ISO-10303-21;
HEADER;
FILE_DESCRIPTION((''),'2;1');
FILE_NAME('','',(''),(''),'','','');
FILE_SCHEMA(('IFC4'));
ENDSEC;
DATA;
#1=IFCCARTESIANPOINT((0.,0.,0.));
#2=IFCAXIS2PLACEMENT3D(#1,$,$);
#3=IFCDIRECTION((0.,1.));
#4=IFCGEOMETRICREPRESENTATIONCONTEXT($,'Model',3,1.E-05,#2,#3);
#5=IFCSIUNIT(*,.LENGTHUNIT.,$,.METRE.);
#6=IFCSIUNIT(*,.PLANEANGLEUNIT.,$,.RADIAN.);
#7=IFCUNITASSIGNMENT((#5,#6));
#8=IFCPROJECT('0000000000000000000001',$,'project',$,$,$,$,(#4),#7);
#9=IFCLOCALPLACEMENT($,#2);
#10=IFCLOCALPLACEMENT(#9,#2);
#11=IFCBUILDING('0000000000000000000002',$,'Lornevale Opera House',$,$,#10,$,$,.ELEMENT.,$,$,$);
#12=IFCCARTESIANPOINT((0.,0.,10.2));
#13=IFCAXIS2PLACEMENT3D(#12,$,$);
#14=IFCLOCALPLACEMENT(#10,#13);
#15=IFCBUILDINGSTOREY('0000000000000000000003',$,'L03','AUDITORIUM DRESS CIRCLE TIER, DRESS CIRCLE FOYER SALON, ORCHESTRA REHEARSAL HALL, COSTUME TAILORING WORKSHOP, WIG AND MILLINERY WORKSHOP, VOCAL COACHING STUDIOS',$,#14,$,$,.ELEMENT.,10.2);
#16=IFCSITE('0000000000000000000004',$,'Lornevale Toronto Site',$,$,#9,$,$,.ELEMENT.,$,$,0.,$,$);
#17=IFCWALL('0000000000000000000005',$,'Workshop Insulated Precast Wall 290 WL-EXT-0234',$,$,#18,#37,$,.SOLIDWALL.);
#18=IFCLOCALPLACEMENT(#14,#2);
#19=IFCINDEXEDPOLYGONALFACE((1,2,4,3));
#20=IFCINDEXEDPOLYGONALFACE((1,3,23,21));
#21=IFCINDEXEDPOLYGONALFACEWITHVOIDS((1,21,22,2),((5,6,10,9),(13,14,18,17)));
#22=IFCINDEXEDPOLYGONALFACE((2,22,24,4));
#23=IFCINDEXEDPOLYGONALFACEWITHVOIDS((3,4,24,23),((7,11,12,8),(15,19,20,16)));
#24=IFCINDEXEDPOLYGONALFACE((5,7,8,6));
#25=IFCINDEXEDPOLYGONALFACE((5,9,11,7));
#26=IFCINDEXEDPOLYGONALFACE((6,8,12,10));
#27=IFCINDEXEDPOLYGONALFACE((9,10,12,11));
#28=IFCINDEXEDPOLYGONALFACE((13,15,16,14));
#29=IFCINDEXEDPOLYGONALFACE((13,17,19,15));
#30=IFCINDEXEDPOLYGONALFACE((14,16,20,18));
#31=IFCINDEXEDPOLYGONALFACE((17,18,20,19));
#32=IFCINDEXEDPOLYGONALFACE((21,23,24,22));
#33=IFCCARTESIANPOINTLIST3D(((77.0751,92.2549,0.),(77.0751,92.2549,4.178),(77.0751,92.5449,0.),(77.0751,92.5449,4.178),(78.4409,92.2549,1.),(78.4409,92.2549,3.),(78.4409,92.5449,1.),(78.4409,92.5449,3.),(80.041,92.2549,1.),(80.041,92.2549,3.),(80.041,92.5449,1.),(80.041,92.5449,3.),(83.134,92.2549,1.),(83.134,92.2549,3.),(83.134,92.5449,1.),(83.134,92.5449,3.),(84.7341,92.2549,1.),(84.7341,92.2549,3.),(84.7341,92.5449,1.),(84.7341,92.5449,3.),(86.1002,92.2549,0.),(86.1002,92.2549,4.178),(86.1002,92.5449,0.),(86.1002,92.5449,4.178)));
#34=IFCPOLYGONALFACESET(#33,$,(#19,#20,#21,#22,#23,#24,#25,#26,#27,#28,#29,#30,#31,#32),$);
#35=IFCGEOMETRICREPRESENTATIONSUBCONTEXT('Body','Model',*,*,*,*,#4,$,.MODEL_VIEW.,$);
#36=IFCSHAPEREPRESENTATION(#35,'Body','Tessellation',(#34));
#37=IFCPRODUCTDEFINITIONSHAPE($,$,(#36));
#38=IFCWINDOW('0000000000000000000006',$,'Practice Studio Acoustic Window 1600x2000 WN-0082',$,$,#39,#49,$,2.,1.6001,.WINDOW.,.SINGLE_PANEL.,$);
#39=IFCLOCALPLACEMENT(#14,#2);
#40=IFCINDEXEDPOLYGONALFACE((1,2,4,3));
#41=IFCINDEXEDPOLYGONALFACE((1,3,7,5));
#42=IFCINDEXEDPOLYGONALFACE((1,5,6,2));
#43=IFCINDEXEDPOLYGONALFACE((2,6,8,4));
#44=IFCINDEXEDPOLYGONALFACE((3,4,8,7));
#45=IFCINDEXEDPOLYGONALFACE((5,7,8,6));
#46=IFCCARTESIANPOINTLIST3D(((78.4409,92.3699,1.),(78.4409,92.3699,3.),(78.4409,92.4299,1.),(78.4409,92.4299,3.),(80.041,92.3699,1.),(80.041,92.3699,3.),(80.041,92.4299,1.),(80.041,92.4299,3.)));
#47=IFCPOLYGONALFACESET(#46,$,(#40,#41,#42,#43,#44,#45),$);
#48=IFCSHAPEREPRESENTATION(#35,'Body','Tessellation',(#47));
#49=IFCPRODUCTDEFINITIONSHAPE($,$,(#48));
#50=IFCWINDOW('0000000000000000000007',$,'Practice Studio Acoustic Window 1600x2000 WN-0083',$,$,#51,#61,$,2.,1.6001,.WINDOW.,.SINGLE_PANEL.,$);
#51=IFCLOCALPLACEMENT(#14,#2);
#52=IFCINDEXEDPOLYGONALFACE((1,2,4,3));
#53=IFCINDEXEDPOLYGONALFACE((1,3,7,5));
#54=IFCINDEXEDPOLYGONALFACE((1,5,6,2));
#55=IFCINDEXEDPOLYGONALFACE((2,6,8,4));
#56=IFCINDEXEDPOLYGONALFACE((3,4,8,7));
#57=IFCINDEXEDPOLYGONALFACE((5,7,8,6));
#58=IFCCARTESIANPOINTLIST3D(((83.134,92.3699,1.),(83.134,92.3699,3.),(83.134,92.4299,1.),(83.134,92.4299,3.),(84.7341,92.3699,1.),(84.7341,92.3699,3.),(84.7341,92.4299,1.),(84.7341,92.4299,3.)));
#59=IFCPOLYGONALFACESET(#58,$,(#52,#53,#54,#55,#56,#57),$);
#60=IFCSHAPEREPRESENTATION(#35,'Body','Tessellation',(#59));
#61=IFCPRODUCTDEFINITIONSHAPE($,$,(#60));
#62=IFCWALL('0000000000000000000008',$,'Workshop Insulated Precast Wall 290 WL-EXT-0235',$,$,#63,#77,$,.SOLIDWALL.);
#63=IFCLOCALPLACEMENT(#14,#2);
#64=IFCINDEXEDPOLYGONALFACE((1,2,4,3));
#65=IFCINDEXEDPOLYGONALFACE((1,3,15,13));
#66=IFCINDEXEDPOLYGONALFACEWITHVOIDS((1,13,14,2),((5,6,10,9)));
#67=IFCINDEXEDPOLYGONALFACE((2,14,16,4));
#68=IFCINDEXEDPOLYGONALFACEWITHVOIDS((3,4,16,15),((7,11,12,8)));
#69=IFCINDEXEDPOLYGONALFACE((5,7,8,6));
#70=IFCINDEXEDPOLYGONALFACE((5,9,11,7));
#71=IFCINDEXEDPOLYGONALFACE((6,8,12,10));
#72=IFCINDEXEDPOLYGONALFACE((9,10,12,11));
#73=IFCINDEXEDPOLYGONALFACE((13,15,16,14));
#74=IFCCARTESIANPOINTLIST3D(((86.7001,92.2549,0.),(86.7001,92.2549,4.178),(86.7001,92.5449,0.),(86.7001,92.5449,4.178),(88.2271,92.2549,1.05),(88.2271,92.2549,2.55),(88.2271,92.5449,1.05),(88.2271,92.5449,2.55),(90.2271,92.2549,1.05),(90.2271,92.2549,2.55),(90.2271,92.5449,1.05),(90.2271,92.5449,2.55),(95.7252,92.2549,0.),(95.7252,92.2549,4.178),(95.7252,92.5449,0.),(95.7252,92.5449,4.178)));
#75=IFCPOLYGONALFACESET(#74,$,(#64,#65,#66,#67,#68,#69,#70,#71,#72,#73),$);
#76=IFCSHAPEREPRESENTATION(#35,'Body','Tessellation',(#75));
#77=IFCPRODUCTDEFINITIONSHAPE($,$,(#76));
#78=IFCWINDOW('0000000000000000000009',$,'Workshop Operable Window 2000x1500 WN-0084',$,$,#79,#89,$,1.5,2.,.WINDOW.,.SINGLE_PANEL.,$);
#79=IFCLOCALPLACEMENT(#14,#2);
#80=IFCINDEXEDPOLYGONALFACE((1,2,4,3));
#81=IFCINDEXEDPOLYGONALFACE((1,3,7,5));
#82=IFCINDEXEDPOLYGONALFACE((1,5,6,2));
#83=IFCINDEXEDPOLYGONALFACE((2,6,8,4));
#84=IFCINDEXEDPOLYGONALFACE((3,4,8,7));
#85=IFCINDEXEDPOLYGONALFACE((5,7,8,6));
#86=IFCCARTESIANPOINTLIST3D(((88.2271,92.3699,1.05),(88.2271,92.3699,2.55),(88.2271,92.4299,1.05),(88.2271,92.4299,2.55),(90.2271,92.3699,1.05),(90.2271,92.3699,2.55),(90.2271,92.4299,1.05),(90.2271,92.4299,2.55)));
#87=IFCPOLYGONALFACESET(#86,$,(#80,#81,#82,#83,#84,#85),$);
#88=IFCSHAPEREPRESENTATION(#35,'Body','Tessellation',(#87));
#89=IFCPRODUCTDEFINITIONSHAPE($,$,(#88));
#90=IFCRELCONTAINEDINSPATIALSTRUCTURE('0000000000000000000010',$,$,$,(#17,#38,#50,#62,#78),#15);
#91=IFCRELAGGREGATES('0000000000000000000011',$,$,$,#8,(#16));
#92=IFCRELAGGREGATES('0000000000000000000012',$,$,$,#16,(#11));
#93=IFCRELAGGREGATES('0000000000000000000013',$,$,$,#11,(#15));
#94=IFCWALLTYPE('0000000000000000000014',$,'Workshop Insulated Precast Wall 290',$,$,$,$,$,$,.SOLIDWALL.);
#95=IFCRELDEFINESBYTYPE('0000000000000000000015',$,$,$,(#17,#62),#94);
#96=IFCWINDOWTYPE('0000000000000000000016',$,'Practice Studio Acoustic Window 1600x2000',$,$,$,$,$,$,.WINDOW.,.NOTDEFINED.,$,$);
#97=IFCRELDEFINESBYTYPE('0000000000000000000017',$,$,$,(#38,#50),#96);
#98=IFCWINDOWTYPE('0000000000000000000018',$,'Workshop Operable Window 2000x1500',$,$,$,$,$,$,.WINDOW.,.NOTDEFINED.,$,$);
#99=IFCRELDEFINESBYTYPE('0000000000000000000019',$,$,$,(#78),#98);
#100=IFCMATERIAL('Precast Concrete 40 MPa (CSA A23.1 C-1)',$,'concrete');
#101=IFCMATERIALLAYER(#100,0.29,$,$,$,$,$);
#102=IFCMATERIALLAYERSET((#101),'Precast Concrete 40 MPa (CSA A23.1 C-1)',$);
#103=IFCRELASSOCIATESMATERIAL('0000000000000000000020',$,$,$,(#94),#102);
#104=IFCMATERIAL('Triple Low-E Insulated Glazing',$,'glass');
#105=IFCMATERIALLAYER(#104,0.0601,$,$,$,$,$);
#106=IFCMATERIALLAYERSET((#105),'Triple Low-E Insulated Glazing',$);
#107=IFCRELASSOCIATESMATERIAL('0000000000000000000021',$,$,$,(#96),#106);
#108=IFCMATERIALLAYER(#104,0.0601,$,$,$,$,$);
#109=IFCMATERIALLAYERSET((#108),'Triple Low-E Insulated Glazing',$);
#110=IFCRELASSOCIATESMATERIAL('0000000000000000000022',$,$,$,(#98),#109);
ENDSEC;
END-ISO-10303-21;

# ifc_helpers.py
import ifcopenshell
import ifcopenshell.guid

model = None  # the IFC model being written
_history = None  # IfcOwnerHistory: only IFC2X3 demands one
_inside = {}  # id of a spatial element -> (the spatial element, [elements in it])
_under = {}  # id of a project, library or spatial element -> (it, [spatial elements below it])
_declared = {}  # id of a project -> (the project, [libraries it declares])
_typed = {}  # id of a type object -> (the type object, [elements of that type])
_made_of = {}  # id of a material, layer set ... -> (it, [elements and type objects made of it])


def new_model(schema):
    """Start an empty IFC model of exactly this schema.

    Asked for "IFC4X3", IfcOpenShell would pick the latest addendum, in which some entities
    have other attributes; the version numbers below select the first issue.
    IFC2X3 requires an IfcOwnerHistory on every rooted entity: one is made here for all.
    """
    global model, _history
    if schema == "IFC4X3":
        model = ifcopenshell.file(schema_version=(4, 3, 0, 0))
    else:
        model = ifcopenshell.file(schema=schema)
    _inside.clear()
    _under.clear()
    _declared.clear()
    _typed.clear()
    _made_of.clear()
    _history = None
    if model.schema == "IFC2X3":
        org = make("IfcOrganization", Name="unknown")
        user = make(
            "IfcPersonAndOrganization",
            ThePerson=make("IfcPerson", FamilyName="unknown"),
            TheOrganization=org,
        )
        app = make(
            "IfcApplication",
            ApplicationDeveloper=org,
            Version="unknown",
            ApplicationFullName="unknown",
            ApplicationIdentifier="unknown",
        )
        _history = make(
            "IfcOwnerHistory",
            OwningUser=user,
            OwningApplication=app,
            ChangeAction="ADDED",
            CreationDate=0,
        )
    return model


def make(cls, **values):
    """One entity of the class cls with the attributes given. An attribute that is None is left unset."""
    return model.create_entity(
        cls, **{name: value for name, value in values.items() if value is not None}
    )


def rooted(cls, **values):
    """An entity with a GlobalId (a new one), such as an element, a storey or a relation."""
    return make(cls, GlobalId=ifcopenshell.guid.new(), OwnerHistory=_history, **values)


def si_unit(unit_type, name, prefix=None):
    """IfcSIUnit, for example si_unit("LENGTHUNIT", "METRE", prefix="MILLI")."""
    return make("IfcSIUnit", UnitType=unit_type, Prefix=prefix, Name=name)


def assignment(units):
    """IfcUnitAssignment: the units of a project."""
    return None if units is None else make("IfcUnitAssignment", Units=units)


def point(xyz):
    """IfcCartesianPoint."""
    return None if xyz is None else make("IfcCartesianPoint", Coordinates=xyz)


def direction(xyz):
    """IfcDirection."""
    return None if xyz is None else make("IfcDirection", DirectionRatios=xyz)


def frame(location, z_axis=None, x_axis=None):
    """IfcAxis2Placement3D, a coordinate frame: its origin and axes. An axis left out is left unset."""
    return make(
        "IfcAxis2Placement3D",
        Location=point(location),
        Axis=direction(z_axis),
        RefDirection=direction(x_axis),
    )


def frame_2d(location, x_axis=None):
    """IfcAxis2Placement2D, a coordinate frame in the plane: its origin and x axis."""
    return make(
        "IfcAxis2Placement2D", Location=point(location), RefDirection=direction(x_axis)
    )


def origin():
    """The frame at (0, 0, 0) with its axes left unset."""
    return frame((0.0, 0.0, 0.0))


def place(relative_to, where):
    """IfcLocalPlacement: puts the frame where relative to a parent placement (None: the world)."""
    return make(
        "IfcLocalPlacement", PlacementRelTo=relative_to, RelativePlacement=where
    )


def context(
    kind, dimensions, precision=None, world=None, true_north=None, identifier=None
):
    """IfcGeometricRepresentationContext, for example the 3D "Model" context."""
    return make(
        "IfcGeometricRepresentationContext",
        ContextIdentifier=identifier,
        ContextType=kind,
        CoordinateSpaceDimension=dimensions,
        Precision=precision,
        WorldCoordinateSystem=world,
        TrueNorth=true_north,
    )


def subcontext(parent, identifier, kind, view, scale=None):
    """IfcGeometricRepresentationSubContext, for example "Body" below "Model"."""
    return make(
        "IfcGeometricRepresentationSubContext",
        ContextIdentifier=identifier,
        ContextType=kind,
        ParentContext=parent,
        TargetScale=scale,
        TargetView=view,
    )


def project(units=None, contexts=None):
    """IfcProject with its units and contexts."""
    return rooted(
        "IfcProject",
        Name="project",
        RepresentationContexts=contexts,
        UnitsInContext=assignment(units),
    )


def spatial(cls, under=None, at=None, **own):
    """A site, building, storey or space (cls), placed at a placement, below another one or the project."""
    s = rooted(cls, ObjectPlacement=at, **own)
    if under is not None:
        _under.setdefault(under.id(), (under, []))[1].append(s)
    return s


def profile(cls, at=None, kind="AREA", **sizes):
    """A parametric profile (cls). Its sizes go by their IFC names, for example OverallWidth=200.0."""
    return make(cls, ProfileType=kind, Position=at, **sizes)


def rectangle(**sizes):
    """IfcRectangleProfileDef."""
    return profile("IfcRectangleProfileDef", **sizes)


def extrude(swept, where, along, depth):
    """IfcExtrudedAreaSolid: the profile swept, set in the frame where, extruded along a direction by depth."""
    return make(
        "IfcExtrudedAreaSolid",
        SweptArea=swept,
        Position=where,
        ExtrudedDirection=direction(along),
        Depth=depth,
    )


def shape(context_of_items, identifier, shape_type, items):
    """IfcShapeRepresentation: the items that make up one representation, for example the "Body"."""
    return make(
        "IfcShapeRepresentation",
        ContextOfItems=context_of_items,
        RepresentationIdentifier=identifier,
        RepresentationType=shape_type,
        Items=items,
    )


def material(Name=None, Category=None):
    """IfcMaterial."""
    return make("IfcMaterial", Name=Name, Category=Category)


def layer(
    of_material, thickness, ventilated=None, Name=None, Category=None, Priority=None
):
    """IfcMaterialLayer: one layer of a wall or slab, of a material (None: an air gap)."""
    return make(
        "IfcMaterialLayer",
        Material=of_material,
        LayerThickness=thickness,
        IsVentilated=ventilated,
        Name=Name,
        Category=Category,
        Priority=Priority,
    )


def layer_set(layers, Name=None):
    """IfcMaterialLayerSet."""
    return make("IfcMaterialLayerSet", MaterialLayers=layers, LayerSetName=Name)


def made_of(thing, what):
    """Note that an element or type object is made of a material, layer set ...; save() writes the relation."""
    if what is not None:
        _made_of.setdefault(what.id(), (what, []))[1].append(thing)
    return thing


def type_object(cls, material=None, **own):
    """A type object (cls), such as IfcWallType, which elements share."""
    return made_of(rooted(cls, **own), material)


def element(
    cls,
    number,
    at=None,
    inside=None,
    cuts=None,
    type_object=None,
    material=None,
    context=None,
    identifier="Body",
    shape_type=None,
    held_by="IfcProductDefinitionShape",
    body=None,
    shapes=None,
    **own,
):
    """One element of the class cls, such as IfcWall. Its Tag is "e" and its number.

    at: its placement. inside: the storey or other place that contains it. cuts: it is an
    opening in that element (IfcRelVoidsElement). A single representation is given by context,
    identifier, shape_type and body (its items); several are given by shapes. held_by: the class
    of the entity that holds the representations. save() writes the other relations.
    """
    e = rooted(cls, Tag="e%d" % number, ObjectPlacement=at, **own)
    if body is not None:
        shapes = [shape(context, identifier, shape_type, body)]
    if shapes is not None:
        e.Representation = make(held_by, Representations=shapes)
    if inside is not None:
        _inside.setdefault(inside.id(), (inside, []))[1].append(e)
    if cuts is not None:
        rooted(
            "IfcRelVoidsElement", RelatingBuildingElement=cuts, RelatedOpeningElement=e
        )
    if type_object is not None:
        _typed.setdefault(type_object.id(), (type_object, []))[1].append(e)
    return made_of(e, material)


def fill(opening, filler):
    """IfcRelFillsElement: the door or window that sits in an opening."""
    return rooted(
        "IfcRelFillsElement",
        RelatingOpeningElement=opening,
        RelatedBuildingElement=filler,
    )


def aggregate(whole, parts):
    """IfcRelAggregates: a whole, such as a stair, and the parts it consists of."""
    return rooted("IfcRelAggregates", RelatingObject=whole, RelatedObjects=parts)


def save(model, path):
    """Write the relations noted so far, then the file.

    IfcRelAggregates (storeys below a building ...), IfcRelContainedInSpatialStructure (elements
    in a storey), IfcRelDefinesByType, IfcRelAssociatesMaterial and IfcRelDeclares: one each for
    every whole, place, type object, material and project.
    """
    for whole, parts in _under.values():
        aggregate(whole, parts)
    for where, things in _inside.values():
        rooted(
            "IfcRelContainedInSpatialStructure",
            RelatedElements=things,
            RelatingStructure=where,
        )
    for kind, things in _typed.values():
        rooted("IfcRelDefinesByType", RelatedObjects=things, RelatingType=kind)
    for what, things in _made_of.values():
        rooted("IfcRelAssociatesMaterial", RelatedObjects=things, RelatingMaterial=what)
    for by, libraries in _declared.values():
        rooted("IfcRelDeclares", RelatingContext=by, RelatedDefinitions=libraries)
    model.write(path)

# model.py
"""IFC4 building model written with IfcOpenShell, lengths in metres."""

from ifc_helpers import new_model, si_unit, direction, frame, frame_2d, origin, place, context, subcontext, project, spatial, rectangle, extrude, material, layer, layer_set, type_object, element, fill, save


model = new_model("IFC4")

# Units and contexts
model_context = context("Model", 3, precision=1e-05, world=origin(), true_north=direction((0.0, 1.0)))
body_context = subcontext(model_context, "Body", "Model", "MODEL_VIEW")
ifc_project = project(units=[si_unit("LENGTHUNIT", "METRE"), si_unit("PLANEANGLEUNIT", "RADIAN")], contexts=[model_context])

# Site, building, storey
site_placement = place(None, origin())
site = spatial("IfcSite", under=ifc_project, at=site_placement, Name="Lornevale Toronto Site", CompositionType="ELEMENT", RefElevation=0.0)
building_placement = place(site_placement, origin())
building = spatial("IfcBuilding", under=site, at=building_placement, Name="Lornevale Opera House", CompositionType="ELEMENT")
storey_placement = place(building_placement, frame((0.0, 0.0, 10.2)))
storey = spatial("IfcBuildingStorey", under=building, at=storey_placement, Name="L03", Description="AUDITORIUM DRESS CIRCLE TIER, DRESS CIRCLE FOYER SALON, ORCHESTRA REHEARSAL HALL, COSTUME TAILORING WORKSHOP, WIG AND MILLINERY WORKSHOP, VOCAL COACHING STUDIOS", CompositionType="ELEMENT", Elevation=10.2)

# Shared definitions
ifc_material_1 = material(Name="Precast Concrete 40 MPa (CSA A23.1 C-1)", Category="concrete")

# Wall, openings, windows
ifc_layer_1 = layer(ifc_material_1, 0.29)
ifc_layer_set_1 = layer_set([ifc_layer_1], Name="Precast Concrete 40 MPa (CSA A23.1 C-1)")
wall_type_1 = type_object("IfcWallType", Name="Workshop Insulated Precast Wall 290", PredefinedType="SOLIDWALL", material=ifc_layer_set_1)
ifc_material_2 = material(Name="Triple Low-E Insulated Glazing", Category="glass")
wall_1_placement = place(storey_placement, frame((77.075, 92.3999, 0.0), z_axis=(0.0, 0.0, 1.0), x_axis=(1.0, 0.0, 0.0)))
wall_1 = element("IfcWall", 1, at=wall_1_placement, inside=storey, type_object=wall_type_1, Name="Workshop Insulated Precast Wall 290 WL-EXT-0234", PredefinedType="SOLIDWALL", context=body_context, shape_type="SweptSolid", body=[
    extrude(rectangle(XDim=9.0251, YDim=0.29, at=frame_2d((4.5127, 0.0))), origin(), (0.0, 0.0, 1.0), 4.178),
])
opening_1_placement = place(wall_1_placement, frame((1.366, 0.0, 1.0)))
opening_1 = element("IfcOpeningElement", 2, at=opening_1_placement, cuts=wall_1, PredefinedType="OPENING", context=body_context, shape_type="SweptSolid", body=[
    extrude(rectangle(XDim=1.6001, YDim=2.0, at=frame_2d((0.8, 1.0))), frame((0.0, 0.155, 0.0), z_axis=(0.0, -1.0, 0.0), x_axis=(1.0, 0.0, 0.0)), (0.0, 0.0, 1.0), 0.3101),
])
opening_2_placement = place(wall_1_placement, frame((6.0591, 0.0, 1.0)))
opening_2 = element("IfcOpeningElement", 3, at=opening_2_placement, cuts=wall_1, PredefinedType="OPENING", context=body_context, shape_type="SweptSolid", body=[
    extrude(rectangle(XDim=1.6001, YDim=2.0, at=frame_2d((0.8, 1.0))), frame((0.0, 0.155, 0.0), z_axis=(0.0, -1.0, 0.0), x_axis=(1.0, 0.0, 0.0)), (0.0, 0.0, 1.0), 0.3101),
])
ifc_layer_2 = layer(ifc_material_2, 0.0601)
ifc_layer_set_2 = layer_set([ifc_layer_2], Name="Triple Low-E Insulated Glazing")
window_type_1 = type_object("IfcWindowType", Name="Practice Studio Acoustic Window 1600x2000", PartitioningType="NOTDEFINED", PredefinedType="WINDOW", material=ifc_layer_set_2)
window_1_placement = place(opening_1_placement, origin())
window_1 = element("IfcWindow", 4, at=window_1_placement, inside=storey, type_object=window_type_1, Name="Practice Studio Acoustic Window 1600x2000 WN-0082", OverallHeight=2.0, OverallWidth=1.6001, PartitioningType="SINGLE_PANEL", PredefinedType="WINDOW", context=body_context, shape_type="SweptSolid", body=[
    extrude(rectangle(XDim=1.6001, YDim=2.0, at=frame_2d((0.8, 1.0))), frame((0.0, 0.03, 0.0), z_axis=(0.0, -1.0, 0.0), x_axis=(1.0, 0.0, 0.0)), (0.0, 0.0, 1.0), 0.0601),
])
fill(opening_1, window_1)
window_2_placement = place(opening_2_placement, origin())
window_2 = element("IfcWindow", 5, at=window_2_placement, inside=storey, type_object=window_type_1, Name="Practice Studio Acoustic Window 1600x2000 WN-0083", OverallHeight=2.0, OverallWidth=1.6001, PartitioningType="SINGLE_PANEL", PredefinedType="WINDOW", context=body_context, shape_type="SweptSolid", body=[
    extrude(rectangle(XDim=1.6001, YDim=2.0, at=frame_2d((0.8, 1.0))), frame((0.0, 0.03, 0.0), z_axis=(0.0, -1.0, 0.0), x_axis=(1.0, 0.0, 0.0)), (0.0, 0.0, 1.0), 0.0601),
])
fill(opening_2, window_2)

# Wall, opening, window
wall_2_placement = place(storey_placement, frame((86.7, 92.3999, 0.0), z_axis=(0.0, 0.0, 1.0), x_axis=(1.0, 0.0, 0.0)))
wall_2 = element("IfcWall", 6, at=wall_2_placement, inside=storey, type_object=wall_type_1, Name="Workshop Insulated Precast Wall 290 WL-EXT-0235", PredefinedType="SOLIDWALL", context=body_context, shape_type="SweptSolid", body=[
    extrude(rectangle(XDim=9.0251, YDim=0.29, at=frame_2d((4.5127, 0.0))), origin(), (0.0, 0.0, 1.0), 4.178),
])
opening_3_placement = place(wall_2_placement, frame((1.5271, 0.0, 1.05)))
opening_3 = element("IfcOpeningElement", 7, at=opening_3_placement, cuts=wall_2, PredefinedType="OPENING", context=body_context, shape_type="SweptSolid", body=[
    extrude(rectangle(XDim=2.0, YDim=1.5, at=frame_2d((1.0, 0.75))), frame((0.0, 0.155, 0.0), z_axis=(0.0, -1.0, 0.0), x_axis=(1.0, 0.0, 0.0)), (0.0, 0.0, 1.0), 0.3101),
])
ifc_layer_3 = layer(ifc_material_2, 0.0601)
ifc_layer_set_3 = layer_set([ifc_layer_3], Name="Triple Low-E Insulated Glazing")
window_type_2 = type_object("IfcWindowType", Name="Workshop Operable Window 2000x1500", PartitioningType="NOTDEFINED", PredefinedType="WINDOW", material=ifc_layer_set_3)
window_3_placement = place(opening_3_placement, origin())
window_3 = element("IfcWindow", 8, at=window_3_placement, inside=storey, type_object=window_type_2, Name="Workshop Operable Window 2000x1500 WN-0084", OverallHeight=1.5, OverallWidth=2.0, PartitioningType="SINGLE_PANEL", PredefinedType="WINDOW", context=body_context, shape_type="SweptSolid", body=[
    extrude(rectangle(XDim=2.0, YDim=1.5, at=frame_2d((1.0, 0.75))), frame((0.0, 0.03, 0.0), z_axis=(0.0, -1.0, 0.0), x_axis=(1.0, 0.0, 0.0)), (0.0, 0.0, 1.0), 0.0601),
])
fill(opening_3, window_3)

save(model, "model.ifc")
